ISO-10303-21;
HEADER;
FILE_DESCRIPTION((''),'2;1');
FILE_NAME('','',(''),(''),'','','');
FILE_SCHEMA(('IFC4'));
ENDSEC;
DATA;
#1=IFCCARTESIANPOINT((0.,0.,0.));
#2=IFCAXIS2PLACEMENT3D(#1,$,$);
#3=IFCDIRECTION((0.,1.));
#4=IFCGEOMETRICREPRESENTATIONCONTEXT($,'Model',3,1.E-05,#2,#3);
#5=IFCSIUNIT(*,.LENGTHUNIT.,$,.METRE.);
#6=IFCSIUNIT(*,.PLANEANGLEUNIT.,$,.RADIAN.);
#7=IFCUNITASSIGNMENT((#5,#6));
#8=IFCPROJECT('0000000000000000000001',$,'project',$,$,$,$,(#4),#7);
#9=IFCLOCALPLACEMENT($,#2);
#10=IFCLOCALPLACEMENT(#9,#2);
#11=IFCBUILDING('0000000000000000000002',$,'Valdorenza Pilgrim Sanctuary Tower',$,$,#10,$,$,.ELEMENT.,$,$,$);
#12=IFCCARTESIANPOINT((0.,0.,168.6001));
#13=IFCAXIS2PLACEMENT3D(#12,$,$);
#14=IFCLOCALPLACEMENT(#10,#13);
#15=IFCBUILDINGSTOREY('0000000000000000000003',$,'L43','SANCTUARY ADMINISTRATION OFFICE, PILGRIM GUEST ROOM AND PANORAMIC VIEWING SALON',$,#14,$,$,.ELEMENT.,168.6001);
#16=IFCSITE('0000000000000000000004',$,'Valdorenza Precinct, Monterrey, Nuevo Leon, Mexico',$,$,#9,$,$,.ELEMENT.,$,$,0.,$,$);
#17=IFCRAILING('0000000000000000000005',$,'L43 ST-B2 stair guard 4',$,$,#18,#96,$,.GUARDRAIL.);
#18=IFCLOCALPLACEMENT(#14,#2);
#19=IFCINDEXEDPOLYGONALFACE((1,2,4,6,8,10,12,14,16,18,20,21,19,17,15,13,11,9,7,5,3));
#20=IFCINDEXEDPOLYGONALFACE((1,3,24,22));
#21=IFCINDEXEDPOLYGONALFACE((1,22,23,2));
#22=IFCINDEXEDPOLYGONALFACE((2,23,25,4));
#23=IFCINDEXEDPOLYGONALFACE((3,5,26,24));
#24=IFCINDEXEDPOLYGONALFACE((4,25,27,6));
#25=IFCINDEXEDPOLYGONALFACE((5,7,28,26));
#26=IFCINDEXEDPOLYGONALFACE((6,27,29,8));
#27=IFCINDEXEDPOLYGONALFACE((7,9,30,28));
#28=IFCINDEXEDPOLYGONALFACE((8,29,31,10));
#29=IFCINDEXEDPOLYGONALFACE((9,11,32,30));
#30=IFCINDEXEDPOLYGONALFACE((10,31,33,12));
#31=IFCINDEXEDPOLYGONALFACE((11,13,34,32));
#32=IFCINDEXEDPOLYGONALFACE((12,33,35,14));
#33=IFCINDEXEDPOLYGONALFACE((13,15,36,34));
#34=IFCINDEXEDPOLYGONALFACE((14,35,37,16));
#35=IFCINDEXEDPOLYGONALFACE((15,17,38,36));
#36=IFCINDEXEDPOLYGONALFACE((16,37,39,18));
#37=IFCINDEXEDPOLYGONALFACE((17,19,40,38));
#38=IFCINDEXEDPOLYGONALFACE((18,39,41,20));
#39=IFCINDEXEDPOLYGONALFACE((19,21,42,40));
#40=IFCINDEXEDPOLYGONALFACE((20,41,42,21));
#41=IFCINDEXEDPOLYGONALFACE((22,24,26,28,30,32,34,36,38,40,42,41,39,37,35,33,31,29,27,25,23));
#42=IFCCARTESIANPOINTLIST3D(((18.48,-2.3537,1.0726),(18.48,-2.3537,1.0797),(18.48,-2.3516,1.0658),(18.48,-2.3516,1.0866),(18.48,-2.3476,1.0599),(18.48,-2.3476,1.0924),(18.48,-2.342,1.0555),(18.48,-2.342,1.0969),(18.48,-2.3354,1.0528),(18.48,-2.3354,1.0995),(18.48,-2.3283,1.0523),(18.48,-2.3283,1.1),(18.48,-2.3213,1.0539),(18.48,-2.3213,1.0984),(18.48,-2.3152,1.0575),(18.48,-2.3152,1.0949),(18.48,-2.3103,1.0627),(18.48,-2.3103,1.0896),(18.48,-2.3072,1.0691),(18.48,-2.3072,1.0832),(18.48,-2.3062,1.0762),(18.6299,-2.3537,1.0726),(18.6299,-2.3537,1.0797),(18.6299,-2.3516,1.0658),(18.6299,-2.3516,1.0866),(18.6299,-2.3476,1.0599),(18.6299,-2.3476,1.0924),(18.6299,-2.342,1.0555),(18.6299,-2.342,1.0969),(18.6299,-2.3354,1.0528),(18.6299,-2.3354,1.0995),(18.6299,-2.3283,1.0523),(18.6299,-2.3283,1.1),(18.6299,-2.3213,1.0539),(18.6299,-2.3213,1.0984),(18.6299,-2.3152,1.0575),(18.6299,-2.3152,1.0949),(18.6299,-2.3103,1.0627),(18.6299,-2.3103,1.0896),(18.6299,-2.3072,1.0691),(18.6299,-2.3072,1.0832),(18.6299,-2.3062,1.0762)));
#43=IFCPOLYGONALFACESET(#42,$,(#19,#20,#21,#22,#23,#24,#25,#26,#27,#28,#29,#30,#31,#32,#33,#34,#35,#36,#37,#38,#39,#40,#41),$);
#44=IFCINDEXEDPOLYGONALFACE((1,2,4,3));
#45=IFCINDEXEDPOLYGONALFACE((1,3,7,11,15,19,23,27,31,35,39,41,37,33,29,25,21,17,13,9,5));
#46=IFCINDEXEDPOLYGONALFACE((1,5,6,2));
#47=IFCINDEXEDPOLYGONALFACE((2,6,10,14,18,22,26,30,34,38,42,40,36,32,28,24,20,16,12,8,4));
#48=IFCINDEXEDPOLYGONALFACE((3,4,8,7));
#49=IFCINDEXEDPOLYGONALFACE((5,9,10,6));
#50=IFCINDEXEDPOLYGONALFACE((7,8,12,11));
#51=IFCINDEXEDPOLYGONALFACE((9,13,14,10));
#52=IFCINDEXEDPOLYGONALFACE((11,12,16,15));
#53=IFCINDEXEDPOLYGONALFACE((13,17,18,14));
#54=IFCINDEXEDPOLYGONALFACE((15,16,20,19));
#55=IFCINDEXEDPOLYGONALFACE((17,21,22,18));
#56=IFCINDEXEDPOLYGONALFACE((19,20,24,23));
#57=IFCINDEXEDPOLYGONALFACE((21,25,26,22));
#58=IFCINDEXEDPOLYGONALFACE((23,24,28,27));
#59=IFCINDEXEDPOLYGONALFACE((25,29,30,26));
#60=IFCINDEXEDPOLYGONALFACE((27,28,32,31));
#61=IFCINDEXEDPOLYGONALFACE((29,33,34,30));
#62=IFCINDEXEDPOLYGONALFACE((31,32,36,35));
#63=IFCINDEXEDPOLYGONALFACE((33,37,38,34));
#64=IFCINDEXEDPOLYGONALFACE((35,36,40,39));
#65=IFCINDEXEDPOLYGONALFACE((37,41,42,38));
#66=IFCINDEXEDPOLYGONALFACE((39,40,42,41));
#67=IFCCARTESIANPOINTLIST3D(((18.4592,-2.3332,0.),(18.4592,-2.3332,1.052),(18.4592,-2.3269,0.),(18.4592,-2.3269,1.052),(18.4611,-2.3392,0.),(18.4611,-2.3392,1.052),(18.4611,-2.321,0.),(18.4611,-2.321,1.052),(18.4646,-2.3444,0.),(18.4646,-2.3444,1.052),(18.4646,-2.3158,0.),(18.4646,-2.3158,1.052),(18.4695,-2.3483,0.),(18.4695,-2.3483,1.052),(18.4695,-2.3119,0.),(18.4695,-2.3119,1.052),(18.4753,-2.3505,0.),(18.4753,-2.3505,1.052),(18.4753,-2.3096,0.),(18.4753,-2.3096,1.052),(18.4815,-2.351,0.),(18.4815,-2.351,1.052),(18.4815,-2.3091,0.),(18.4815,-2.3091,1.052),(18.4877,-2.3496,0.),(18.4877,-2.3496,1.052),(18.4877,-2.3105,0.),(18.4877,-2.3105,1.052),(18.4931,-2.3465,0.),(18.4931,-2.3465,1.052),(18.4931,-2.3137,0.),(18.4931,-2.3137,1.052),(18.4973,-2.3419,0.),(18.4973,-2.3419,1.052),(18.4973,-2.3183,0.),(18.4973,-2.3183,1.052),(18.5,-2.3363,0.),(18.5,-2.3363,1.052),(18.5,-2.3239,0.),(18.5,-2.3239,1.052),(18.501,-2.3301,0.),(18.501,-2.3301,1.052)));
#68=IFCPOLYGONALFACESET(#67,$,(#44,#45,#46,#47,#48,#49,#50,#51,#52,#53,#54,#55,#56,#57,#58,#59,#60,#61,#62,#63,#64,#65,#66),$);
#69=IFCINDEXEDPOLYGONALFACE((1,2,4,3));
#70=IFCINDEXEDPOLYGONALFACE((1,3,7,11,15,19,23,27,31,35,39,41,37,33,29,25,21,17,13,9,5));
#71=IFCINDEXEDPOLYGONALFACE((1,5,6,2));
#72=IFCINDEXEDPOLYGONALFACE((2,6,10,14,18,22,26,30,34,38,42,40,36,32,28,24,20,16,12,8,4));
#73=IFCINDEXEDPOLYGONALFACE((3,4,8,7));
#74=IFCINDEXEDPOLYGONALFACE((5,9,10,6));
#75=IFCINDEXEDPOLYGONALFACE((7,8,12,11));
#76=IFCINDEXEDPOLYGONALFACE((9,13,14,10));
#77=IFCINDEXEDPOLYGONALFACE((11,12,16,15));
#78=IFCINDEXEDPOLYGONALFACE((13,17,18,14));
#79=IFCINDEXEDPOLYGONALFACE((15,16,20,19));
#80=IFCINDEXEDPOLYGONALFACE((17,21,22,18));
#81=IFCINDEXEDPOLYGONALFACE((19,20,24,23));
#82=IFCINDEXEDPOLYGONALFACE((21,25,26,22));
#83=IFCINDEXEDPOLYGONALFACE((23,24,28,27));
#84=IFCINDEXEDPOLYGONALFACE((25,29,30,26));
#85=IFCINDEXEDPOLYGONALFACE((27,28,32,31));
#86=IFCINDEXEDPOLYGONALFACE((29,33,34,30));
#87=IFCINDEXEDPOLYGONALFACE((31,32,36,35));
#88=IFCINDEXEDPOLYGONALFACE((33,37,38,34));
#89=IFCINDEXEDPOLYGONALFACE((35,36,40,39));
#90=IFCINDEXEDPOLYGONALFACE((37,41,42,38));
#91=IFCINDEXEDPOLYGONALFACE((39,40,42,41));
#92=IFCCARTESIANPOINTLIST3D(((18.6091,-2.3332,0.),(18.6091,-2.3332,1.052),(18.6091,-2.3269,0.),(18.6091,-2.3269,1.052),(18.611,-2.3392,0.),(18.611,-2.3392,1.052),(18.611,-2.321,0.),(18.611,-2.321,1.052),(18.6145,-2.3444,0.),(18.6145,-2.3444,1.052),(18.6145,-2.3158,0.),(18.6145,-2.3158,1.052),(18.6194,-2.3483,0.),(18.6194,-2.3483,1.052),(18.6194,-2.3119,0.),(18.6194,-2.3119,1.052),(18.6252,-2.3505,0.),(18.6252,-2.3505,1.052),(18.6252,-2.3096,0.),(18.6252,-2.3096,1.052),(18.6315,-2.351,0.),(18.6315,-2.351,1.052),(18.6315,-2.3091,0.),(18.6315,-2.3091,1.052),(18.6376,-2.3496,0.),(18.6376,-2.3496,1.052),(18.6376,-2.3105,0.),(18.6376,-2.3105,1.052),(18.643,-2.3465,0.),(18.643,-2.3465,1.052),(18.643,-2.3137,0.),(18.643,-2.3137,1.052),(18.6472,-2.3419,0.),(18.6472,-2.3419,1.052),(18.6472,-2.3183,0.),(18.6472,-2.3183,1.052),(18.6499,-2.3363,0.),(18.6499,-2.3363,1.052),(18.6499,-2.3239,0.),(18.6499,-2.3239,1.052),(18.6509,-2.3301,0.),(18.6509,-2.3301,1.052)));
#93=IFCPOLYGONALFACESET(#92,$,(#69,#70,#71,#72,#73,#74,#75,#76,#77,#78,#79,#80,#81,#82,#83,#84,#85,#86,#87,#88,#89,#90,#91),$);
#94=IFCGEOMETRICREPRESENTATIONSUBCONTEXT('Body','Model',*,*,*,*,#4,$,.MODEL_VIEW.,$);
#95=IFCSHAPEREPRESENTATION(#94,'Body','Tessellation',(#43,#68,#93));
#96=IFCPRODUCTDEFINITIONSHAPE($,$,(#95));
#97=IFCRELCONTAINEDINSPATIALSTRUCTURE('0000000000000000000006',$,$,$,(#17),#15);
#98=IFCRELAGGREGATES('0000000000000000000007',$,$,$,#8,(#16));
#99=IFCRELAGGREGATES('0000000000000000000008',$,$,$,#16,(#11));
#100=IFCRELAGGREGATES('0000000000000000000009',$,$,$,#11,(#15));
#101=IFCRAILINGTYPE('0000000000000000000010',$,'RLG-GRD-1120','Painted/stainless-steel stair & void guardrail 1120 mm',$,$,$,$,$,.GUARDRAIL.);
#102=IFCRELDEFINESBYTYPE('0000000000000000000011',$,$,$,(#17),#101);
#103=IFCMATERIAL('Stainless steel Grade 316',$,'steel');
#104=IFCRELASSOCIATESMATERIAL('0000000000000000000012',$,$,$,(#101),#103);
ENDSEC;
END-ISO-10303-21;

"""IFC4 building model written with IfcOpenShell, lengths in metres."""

from ifc_helpers import new_model, si_unit, direction, frame, origin, origin_2d, place, context, subcontext, project, spatial, circle, extrude, material, type_object, element, save


model = new_model("IFC4")

# Units and contexts
model_context = context("Model", 3, precision=1e-05, world=origin(), true_north=direction((0.0, 1.0)))
body_context = subcontext(model_context, "Body", "Model", "MODEL_VIEW")
ifc_project = project(units=[si_unit("LENGTHUNIT", "METRE"), si_unit("PLANEANGLEUNIT", "RADIAN")], contexts=[model_context])

# Site, building, storey
site_placement = place(None, origin())
site = spatial("IfcSite", under=ifc_project, at=site_placement, Name="Valdorenza Precinct, Monterrey, Nuevo Leon, Mexico", CompositionType="ELEMENT", RefElevation=0.0)
building_placement = place(site_placement, origin())
building = spatial("IfcBuilding", under=site, at=building_placement, Name="Valdorenza Pilgrim Sanctuary Tower", CompositionType="ELEMENT")
storey_placement = place(building_placement, frame((0.0, 0.0, 168.6001)))
storey = spatial("IfcBuildingStorey", under=building, at=storey_placement, Name="L43", Description="SANCTUARY ADMINISTRATION OFFICE, PILGRIM GUEST ROOM AND PANORAMIC VIEWING SALON", CompositionType="ELEMENT", Elevation=168.6001)

# Railing
ifc_material_1 = material(Name="Stainless steel Grade 316", Category="steel")
railing_type_1 = type_object("IfcRailingType", Name="RLG-GRD-1120", Description="Painted/stainless-steel stair & void guardrail 1120 mm", PredefinedType="GUARDRAIL", material=ifc_material_1)
railing_1_placement = place(storey_placement, frame((18.48, -2.3301, 0.0)))
element("IfcRailing", 1, at=railing_1_placement, inside=storey, type_object=railing_type_1, Name="L43 ST-B2 stair guard 4", PredefinedType="GUARDRAIL", context=body_context, shape_type="SweptSolid", body=[
    extrude(circle(Radius=0.0239, at=origin_2d()), frame((0.0, 0.0, 1.0762), z_axis=(1.0, 0.0, 0.0), x_axis=(0.0, 1.0, 0.0)), (0.0, 0.0, 1.0), 0.1499),
    extrude(circle(Radius=0.021, at=origin_2d()), origin(), (0.0, 0.0, 1.0), 1.052),
    extrude(circle(Radius=0.021, at=origin_2d()), frame((0.1499, 0.0, 0.0)), (0.0, 0.0, 1.0), 1.052),
])

save(model, "model.ifc")
